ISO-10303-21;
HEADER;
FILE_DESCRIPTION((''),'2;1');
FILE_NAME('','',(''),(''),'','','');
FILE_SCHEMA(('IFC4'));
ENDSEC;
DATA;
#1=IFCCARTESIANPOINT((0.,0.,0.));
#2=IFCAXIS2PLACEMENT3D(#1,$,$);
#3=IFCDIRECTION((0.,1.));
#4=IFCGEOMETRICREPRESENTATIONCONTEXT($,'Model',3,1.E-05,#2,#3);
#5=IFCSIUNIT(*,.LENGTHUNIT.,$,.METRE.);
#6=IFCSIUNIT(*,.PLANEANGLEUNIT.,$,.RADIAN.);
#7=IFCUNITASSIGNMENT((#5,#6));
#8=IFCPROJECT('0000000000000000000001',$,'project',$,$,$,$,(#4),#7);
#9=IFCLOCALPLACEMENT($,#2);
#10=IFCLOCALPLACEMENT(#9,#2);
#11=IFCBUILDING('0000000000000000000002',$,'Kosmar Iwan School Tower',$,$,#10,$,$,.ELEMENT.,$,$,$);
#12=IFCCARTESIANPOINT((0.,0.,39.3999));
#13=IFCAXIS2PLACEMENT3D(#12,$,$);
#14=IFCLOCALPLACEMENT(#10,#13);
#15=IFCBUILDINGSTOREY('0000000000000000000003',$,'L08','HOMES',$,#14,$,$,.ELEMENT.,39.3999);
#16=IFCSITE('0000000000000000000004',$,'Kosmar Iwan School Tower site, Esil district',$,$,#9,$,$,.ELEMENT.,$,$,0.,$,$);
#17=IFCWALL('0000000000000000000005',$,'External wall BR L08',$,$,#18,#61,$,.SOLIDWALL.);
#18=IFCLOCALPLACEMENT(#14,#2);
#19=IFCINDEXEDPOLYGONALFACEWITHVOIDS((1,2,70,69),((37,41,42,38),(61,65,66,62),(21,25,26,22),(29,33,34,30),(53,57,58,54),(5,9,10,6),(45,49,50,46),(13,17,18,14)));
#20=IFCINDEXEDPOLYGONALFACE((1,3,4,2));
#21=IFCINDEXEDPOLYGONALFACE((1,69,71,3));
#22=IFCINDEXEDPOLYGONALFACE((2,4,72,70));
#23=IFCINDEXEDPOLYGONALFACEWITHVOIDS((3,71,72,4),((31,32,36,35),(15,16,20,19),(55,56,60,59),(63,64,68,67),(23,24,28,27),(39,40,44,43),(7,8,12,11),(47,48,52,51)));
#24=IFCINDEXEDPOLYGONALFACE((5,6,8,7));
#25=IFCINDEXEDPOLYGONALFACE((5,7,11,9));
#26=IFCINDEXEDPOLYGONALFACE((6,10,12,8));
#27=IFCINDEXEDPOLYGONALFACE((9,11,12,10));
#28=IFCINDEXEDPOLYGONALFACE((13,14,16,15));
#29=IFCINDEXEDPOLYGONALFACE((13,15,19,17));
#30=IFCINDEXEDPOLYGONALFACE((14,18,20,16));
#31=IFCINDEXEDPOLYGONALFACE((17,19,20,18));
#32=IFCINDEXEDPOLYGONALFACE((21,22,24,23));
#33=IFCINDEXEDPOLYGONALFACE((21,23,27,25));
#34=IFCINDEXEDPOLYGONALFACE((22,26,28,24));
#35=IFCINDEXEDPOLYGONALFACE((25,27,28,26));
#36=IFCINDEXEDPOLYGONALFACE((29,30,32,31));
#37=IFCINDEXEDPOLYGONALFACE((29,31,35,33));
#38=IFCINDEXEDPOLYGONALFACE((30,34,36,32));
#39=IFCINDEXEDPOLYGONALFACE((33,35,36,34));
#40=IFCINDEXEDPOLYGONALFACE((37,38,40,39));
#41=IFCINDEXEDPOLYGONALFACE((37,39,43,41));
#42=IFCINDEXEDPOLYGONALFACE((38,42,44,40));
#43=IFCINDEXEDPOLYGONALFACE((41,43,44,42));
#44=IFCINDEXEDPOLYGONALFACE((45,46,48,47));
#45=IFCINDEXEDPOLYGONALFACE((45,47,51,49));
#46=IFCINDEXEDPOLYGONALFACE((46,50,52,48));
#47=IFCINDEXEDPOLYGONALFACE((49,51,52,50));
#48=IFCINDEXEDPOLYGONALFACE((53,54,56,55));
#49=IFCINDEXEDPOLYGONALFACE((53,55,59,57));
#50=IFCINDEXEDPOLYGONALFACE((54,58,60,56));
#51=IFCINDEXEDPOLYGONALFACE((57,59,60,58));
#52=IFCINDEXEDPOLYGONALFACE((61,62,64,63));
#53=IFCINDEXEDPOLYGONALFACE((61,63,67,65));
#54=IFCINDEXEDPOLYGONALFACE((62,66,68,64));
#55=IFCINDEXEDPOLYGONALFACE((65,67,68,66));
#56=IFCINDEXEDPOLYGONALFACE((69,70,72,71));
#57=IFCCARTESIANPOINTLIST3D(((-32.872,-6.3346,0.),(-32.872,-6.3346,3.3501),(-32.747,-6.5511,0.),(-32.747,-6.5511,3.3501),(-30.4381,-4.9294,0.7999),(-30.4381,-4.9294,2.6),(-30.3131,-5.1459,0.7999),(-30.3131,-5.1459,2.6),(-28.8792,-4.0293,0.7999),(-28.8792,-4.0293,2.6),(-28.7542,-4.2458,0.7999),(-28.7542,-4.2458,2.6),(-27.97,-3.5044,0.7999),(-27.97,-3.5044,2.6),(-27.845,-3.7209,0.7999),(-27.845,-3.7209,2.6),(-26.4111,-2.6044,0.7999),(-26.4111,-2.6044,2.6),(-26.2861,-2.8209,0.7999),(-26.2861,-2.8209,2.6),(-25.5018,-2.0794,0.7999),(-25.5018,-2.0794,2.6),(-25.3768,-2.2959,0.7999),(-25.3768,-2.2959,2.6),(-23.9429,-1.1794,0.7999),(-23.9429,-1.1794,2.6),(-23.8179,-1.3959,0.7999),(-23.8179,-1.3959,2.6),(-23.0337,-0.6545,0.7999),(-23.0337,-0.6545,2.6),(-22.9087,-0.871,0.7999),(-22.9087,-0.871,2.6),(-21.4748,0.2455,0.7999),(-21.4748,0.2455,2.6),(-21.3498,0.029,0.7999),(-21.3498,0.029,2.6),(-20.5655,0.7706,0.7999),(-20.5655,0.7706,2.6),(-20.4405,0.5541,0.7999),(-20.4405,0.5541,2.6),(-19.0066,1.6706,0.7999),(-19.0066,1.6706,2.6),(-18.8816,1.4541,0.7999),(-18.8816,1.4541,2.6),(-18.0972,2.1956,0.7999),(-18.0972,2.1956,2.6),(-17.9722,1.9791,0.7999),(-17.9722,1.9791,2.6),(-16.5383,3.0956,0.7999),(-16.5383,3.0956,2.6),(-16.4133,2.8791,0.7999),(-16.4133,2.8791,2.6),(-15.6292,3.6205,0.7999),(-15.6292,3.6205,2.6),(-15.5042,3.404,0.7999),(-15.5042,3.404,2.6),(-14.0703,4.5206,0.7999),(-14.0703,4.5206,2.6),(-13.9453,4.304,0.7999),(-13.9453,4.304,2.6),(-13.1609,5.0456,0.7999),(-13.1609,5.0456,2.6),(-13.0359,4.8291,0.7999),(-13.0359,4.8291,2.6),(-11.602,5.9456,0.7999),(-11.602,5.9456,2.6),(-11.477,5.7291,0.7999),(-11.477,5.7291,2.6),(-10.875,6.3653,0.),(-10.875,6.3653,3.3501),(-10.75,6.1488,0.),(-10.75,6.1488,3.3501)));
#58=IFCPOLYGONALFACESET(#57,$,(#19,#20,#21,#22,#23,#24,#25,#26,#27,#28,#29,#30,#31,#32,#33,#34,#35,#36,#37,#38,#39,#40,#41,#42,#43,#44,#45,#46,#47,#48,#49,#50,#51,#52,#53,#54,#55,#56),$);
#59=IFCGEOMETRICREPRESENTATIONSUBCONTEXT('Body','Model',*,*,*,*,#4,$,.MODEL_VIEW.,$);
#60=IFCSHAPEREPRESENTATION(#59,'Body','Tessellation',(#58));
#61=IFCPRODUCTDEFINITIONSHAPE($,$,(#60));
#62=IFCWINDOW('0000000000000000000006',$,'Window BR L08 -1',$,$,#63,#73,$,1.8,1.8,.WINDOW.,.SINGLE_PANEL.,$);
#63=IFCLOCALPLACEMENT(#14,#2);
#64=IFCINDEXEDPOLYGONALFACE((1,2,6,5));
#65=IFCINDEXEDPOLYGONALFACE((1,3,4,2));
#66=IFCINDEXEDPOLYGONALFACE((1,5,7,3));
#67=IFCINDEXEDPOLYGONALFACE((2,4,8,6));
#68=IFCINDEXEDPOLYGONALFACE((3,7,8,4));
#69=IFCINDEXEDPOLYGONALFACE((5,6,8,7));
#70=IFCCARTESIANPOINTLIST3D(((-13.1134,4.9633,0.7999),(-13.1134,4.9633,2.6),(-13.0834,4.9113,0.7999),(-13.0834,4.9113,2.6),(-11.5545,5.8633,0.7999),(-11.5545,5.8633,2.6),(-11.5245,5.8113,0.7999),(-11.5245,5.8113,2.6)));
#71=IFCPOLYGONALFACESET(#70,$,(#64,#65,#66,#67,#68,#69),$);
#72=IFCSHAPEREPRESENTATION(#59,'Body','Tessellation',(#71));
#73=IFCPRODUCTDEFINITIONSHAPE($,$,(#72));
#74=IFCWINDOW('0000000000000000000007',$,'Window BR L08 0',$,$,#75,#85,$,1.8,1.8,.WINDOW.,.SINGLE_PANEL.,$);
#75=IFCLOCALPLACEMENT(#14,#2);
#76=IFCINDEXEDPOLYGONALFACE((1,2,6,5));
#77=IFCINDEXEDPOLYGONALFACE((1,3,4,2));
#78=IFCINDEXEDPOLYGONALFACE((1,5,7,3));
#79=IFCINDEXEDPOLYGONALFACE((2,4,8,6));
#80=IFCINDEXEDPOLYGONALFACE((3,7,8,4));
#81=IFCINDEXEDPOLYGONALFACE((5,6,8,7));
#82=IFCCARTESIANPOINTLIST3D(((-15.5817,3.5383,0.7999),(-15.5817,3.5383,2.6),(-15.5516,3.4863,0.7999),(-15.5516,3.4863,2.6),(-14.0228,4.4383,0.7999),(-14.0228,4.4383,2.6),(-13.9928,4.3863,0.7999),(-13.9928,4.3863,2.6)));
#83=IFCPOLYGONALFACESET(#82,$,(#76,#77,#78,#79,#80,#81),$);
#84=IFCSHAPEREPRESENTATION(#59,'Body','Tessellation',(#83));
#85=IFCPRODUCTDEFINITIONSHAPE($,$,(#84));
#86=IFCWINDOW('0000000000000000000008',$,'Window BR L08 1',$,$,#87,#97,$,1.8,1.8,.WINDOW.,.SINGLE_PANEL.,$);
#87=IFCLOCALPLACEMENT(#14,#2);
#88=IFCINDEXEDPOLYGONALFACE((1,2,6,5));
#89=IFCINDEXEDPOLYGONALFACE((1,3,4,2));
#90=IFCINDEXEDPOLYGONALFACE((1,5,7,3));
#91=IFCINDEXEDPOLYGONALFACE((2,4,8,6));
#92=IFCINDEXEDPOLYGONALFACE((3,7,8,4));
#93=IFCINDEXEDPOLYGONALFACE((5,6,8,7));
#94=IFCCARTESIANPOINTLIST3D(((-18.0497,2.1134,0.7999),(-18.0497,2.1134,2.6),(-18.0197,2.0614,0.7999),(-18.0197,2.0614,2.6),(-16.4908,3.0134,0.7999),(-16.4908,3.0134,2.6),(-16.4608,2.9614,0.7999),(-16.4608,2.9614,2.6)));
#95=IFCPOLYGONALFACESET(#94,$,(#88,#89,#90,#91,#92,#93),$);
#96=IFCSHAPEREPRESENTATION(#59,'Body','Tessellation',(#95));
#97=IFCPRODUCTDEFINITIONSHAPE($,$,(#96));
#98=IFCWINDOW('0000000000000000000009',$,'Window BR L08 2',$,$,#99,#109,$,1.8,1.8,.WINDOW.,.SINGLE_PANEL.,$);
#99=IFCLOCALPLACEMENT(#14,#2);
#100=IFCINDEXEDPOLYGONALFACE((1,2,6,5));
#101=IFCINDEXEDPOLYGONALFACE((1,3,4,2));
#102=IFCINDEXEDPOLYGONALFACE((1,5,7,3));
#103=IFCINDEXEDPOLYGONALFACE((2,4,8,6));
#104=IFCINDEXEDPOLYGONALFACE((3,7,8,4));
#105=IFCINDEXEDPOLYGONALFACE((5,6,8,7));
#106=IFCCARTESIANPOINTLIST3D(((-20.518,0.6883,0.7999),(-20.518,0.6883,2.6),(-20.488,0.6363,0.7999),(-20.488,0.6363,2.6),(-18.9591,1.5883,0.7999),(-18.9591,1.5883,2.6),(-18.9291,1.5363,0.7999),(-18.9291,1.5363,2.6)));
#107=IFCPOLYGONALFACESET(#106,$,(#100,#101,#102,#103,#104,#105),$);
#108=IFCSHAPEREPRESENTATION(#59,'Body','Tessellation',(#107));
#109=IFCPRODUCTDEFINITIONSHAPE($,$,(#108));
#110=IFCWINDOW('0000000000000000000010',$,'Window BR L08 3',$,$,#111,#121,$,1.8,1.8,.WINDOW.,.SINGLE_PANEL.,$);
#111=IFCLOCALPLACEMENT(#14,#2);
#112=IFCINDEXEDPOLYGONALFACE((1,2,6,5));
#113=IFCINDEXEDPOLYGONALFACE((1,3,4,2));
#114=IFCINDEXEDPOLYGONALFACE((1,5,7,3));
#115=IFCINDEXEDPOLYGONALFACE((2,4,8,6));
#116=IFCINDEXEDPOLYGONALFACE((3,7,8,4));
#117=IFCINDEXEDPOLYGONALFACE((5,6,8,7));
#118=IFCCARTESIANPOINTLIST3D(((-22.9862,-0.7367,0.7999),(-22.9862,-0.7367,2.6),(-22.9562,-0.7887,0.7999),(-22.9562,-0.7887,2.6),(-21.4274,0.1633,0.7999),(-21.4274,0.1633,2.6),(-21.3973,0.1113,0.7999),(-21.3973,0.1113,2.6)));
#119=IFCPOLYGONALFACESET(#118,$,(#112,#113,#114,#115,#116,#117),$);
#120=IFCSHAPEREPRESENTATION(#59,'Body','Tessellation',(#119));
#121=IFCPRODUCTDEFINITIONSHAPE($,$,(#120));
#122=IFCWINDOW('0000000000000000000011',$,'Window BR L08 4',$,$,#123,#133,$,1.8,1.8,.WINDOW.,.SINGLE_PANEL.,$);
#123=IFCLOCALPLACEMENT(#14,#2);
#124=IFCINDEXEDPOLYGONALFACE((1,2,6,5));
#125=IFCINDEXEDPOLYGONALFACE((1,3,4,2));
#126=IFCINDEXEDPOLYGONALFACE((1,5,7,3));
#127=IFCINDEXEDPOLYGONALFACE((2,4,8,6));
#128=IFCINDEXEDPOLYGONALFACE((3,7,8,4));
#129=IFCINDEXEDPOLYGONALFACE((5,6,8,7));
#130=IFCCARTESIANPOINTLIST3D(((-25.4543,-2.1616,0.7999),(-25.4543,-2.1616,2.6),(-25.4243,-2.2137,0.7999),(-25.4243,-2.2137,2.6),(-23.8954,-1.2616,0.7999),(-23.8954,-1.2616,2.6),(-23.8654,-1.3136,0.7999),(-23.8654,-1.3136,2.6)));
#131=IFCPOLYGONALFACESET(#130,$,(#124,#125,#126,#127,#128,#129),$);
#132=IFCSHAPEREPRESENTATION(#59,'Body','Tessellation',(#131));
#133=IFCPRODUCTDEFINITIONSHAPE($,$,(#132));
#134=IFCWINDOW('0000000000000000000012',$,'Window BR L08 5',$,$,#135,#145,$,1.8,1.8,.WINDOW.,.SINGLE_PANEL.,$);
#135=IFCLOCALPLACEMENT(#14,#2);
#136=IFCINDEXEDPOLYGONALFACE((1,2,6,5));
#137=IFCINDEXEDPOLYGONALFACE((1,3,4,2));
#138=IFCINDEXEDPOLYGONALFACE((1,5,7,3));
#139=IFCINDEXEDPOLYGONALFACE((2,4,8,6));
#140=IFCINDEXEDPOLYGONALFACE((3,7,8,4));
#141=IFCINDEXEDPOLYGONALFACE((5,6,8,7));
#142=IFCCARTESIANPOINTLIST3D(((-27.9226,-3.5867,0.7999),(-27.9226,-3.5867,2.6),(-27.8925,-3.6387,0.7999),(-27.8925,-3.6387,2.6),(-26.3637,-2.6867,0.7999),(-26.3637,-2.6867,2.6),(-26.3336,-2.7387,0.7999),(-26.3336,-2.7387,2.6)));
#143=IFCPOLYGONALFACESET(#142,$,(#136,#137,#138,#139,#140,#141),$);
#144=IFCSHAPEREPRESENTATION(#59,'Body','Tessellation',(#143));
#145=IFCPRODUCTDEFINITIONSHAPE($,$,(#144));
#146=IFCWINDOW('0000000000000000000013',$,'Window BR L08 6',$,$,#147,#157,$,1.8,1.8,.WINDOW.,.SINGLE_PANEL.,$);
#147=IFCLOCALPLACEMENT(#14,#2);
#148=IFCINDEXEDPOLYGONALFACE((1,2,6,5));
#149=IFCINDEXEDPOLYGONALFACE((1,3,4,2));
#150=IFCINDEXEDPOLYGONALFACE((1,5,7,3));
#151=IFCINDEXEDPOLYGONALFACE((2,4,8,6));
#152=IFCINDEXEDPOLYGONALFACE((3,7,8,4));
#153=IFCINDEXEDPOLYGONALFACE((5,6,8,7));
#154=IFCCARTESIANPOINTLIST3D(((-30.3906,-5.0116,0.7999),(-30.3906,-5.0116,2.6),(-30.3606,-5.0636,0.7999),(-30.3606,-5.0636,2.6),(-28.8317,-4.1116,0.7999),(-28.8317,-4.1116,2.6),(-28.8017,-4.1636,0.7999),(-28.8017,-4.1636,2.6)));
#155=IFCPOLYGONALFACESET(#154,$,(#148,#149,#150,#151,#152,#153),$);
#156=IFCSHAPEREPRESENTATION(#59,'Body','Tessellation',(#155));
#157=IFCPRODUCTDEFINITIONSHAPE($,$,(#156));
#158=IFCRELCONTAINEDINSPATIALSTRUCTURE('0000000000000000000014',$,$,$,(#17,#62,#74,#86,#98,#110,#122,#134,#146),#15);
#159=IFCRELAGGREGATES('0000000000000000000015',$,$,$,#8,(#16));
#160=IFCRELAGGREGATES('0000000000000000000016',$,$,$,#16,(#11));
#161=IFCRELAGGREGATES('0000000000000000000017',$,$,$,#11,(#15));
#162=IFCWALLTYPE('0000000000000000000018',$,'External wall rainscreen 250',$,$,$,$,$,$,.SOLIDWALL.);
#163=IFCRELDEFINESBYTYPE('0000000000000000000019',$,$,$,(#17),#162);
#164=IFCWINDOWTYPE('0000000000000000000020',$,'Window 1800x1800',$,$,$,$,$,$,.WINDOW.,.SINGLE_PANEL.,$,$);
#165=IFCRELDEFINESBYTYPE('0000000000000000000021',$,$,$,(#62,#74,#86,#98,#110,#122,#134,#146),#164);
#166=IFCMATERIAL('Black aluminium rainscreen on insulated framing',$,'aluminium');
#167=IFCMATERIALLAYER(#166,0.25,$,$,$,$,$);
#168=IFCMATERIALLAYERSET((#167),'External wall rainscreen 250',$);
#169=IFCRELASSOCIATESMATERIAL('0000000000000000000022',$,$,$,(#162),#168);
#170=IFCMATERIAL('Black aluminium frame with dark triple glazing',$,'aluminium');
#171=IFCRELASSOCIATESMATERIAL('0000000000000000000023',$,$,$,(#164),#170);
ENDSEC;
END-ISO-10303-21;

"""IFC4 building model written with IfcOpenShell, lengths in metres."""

from ifc_helpers import new_model, si_unit, direction, frame, frame_2d, origin, place, context, subcontext, project, spatial, rectangle, extrude, material, layer, layer_set, type_object, element, fill, save


model = new_model("IFC4")

# Units and contexts
model_context = context("Model", 3, precision=1e-05, world=origin(), true_north=direction((0.0, 1.0)))
body_context = subcontext(model_context, "Body", "Model", "MODEL_VIEW")
ifc_project = project(units=[si_unit("LENGTHUNIT", "METRE"), si_unit("PLANEANGLEUNIT", "RADIAN")], contexts=[model_context])

# Site, building, storey
site_placement = place(None, origin())
site = spatial("IfcSite", under=ifc_project, at=site_placement, Name="Kosmar Iwan School Tower site, Esil district", CompositionType="ELEMENT", RefElevation=0.0)
building_placement = place(site_placement, origin())
building = spatial("IfcBuilding", under=site, at=building_placement, Name="Kosmar Iwan School Tower", CompositionType="ELEMENT")
storey_placement = place(building_placement, frame((0.0, 0.0, 39.3999)))
storey = spatial("IfcBuildingStorey", under=building, at=storey_placement, Name="L08", Description="HOMES", CompositionType="ELEMENT", Elevation=39.3999)

# Wall, openings, windows
ifc_material_1 = material(Name="Black aluminium rainscreen on insulated framing", Category="aluminium")
ifc_layer = layer(ifc_material_1, 0.25)
ifc_layer_set = layer_set([ifc_layer], Name="External wall rainscreen 250")
wall_type = type_object("IfcWallType", Name="External wall rainscreen 250", PredefinedType="SOLIDWALL", material=ifc_layer_set)
ifc_material_2 = material(Name="Black aluminium frame with dark triple glazing", Category="aluminium")
window_type = type_object("IfcWindowType", Name="Window 1800x1800", PartitioningType="SINGLE_PANEL", PredefinedType="WINDOW", material=ifc_material_2)
wall_1_placement = place(storey_placement, frame((-10.8125, 6.2571, 0.0), z_axis=(0.0, 0.0, 1.0), x_axis=(-0.866026, -0.499998, 0.0)))
wall_1 = element("IfcWall", 1, at=wall_1_placement, inside=storey, type_object=wall_type, Name="External wall BR L08", PredefinedType="SOLIDWALL", context=body_context, shape_type="SweptSolid", body=[
    extrude(rectangle(XDim=25.3999, YDim=0.25, at=frame_2d((12.7, 0.0))), origin(), (0.0, 0.0, 1.0), 3.3501),
])
opening_1_placement = place(wall_1_placement, frame((0.8396, 0.0, 0.8)))
opening_1 = element("IfcOpeningElement", 2, at=opening_1_placement, cuts=wall_1, PredefinedType="OPENING", context=body_context, shape_type="SweptSolid", body=[
    extrude(rectangle(XDim=1.8, YDim=1.8, at=frame_2d((0.8999, 0.8999))), frame((0.0, 0.137, 0.0), z_axis=(0.0, -1.0, 0.0), x_axis=(1.0, 0.0, 0.0)), (0.0, 0.0, 1.0), 0.2739),
])
opening_2_placement = place(wall_1_placement, frame((3.6897, 0.0, 0.8)))
opening_2 = element("IfcOpeningElement", 3, at=opening_2_placement, cuts=wall_1, PredefinedType="OPENING", context=body_context, shape_type="SweptSolid", body=[
    extrude(rectangle(XDim=1.8, YDim=1.8, at=frame_2d((0.8999, 0.8999))), frame((0.0, 0.137, 0.0), z_axis=(0.0, -1.0, 0.0), x_axis=(1.0, 0.0, 0.0)), (0.0, 0.0, 1.0), 0.2739),
])
opening_3_placement = place(wall_1_placement, frame((6.5396, 0.0, 0.8)))
opening_3 = element("IfcOpeningElement", 4, at=opening_3_placement, cuts=wall_1, PredefinedType="OPENING", context=body_context, shape_type="SweptSolid", body=[
    extrude(rectangle(XDim=1.8, YDim=1.8, at=frame_2d((0.8999, 0.8999))), frame((0.0, 0.137, 0.0), z_axis=(0.0, -1.0, 0.0), x_axis=(1.0, 0.0, 0.0)), (0.0, 0.0, 1.0), 0.2739),
])
opening_4_placement = place(wall_1_placement, frame((9.3896, 0.0, 0.8)))
opening_4 = element("IfcOpeningElement", 5, at=opening_4_placement, cuts=wall_1, PredefinedType="OPENING", context=body_context, shape_type="SweptSolid", body=[
    extrude(rectangle(XDim=1.8, YDim=1.8, at=frame_2d((0.8999, 0.8999))), frame((0.0, 0.137, 0.0), z_axis=(0.0, -1.0, 0.0), x_axis=(1.0, 0.0, 0.0)), (0.0, 0.0, 1.0), 0.2739),
])
opening_5_placement = place(wall_1_placement, frame((12.2397, 0.0, 0.8)))
opening_5 = element("IfcOpeningElement", 6, at=opening_5_placement, cuts=wall_1, PredefinedType="OPENING", context=body_context, shape_type="SweptSolid", body=[
    extrude(rectangle(XDim=1.8, YDim=1.8, at=frame_2d((0.8999, 0.8999))), frame((0.0, 0.137, 0.0), z_axis=(0.0, -1.0, 0.0), x_axis=(1.0, 0.0, 0.0)), (0.0, 0.0, 1.0), 0.2739),
])
opening_6_placement = place(wall_1_placement, frame((15.0896, 0.0, 0.8)))
opening_6 = element("IfcOpeningElement", 7, at=opening_6_placement, cuts=wall_1, PredefinedType="OPENING", context=body_context, shape_type="SweptSolid", body=[
    extrude(rectangle(XDim=1.8, YDim=1.8, at=frame_2d((0.8999, 0.8999))), frame((0.0, 0.137, 0.0), z_axis=(0.0, -1.0, 0.0), x_axis=(1.0, 0.0, 0.0)), (0.0, 0.0, 1.0), 0.2739),
])
opening_7_placement = place(wall_1_placement, frame((17.9397, 0.0, 0.8)))
opening_7 = element("IfcOpeningElement", 8, at=opening_7_placement, cuts=wall_1, PredefinedType="OPENING", context=body_context, shape_type="SweptSolid", body=[
    extrude(rectangle(XDim=1.8, YDim=1.8, at=frame_2d((0.8999, 0.8999))), frame((0.0, 0.137, 0.0), z_axis=(0.0, -1.0, 0.0), x_axis=(1.0, 0.0, 0.0)), (0.0, 0.0, 1.0), 0.2739),
])
opening_8_placement = place(wall_1_placement, frame((20.7896, 0.0, 0.8)))
opening_8 = element("IfcOpeningElement", 9, at=opening_8_placement, cuts=wall_1, PredefinedType="OPENING", context=body_context, shape_type="SweptSolid", body=[
    extrude(rectangle(XDim=1.8, YDim=1.8, at=frame_2d((0.8999, 0.8999))), frame((0.0, 0.137, 0.0), z_axis=(0.0, -1.0, 0.0), x_axis=(1.0, 0.0, 0.0)), (0.0, 0.0, 1.0), 0.2739),
])
window_1_placement = place(opening_1_placement, origin())
window_1 = element("IfcWindow", 10, at=window_1_placement, inside=storey, type_object=window_type, Name="Window BR L08 -1", OverallHeight=1.8, OverallWidth=1.8, PartitioningType="SINGLE_PANEL", PredefinedType="WINDOW", context=body_context, shape_type="SweptSolid", body=[
    extrude(rectangle(XDim=1.8, YDim=1.8, at=frame_2d((0.8999, 0.8999))), frame((0.0, 0.03, 0.0), z_axis=(0.0, -1.0, 0.0), x_axis=(1.0, 0.0, 0.0)), (0.0, 0.0, 1.0), 0.0601),
])
fill(opening_1, window_1)
window_2_placement = place(opening_2_placement, origin())
window_2 = element("IfcWindow", 11, at=window_2_placement, inside=storey, type_object=window_type, Name="Window BR L08 0", OverallHeight=1.8, OverallWidth=1.8, PartitioningType="SINGLE_PANEL", PredefinedType="WINDOW", context=body_context, shape_type="SweptSolid", body=[
    extrude(rectangle(XDim=1.8, YDim=1.8, at=frame_2d((0.8999, 0.8999))), frame((0.0, 0.03, 0.0), z_axis=(0.0, -1.0, 0.0), x_axis=(1.0, 0.0, 0.0)), (0.0, 0.0, 1.0), 0.0601),
])
fill(opening_2, window_2)
window_3_placement = place(opening_3_placement, origin())
window_3 = element("IfcWindow", 12, at=window_3_placement, inside=storey, type_object=window_type, Name="Window BR L08 1", OverallHeight=1.8, OverallWidth=1.8, PartitioningType="SINGLE_PANEL", PredefinedType="WINDOW", context=body_context, shape_type="SweptSolid", body=[
    extrude(rectangle(XDim=1.8, YDim=1.8, at=frame_2d((0.8999, 0.8999))), frame((0.0, 0.03, 0.0), z_axis=(0.0, -1.0, 0.0), x_axis=(1.0, 0.0, 0.0)), (0.0, 0.0, 1.0), 0.0601),
])
fill(opening_3, window_3)
window_4_placement = place(opening_4_placement, origin())
window_4 = element("IfcWindow", 13, at=window_4_placement, inside=storey, type_object=window_type, Name="Window BR L08 2", OverallHeight=1.8, OverallWidth=1.8, PartitioningType="SINGLE_PANEL", PredefinedType="WINDOW", context=body_context, shape_type="SweptSolid", body=[
    extrude(rectangle(XDim=1.8, YDim=1.8, at=frame_2d((0.8999, 0.8999))), frame((0.0, 0.03, 0.0), z_axis=(0.0, -1.0, 0.0), x_axis=(1.0, 0.0, 0.0)), (0.0, 0.0, 1.0), 0.0601),
])
fill(opening_4, window_4)
window_5_placement = place(opening_5_placement, origin())
window_5 = element("IfcWindow", 14, at=window_5_placement, inside=storey, type_object=window_type, Name="Window BR L08 3", OverallHeight=1.8, OverallWidth=1.8, PartitioningType="SINGLE_PANEL", PredefinedType="WINDOW", context=body_context, shape_type="SweptSolid", body=[
    extrude(rectangle(XDim=1.8, YDim=1.8, at=frame_2d((0.8999, 0.8999))), frame((0.0, 0.03, 0.0), z_axis=(0.0, -1.0, 0.0), x_axis=(1.0, 0.0, 0.0)), (0.0, 0.0, 1.0), 0.0601),
])
fill(opening_5, window_5)
window_6_placement = place(opening_6_placement, origin())
window_6 = element("IfcWindow", 15, at=window_6_placement, inside=storey, type_object=window_type, Name="Window BR L08 4", OverallHeight=1.8, OverallWidth=1.8, PartitioningType="SINGLE_PANEL", PredefinedType="WINDOW", context=body_context, shape_type="SweptSolid", body=[
    extrude(rectangle(XDim=1.8, YDim=1.8, at=frame_2d((0.8999, 0.8999))), frame((0.0, 0.03, 0.0), z_axis=(0.0, -1.0, 0.0), x_axis=(1.0, 0.0, 0.0)), (0.0, 0.0, 1.0), 0.0601),
])
fill(opening_6, window_6)
window_7_placement = place(opening_7_placement, origin())
window_7 = element("IfcWindow", 16, at=window_7_placement, inside=storey, type_object=window_type, Name="Window BR L08 5", OverallHeight=1.8, OverallWidth=1.8, PartitioningType="SINGLE_PANEL", PredefinedType="WINDOW", context=body_context, shape_type="SweptSolid", body=[
    extrude(rectangle(XDim=1.8, YDim=1.8, at=frame_2d((0.8999, 0.8999))), frame((0.0, 0.03, 0.0), z_axis=(0.0, -1.0, 0.0), x_axis=(1.0, 0.0, 0.0)), (0.0, 0.0, 1.0), 0.0601),
])
fill(opening_7, window_7)
window_8_placement = place(opening_8_placement, origin())
window_8 = element("IfcWindow", 17, at=window_8_placement, inside=storey, type_object=window_type, Name="Window BR L08 6", OverallHeight=1.8, OverallWidth=1.8, PartitioningType="SINGLE_PANEL", PredefinedType="WINDOW", context=body_context, shape_type="SweptSolid", body=[
    extrude(rectangle(XDim=1.8, YDim=1.8, at=frame_2d((0.8999, 0.8999))), frame((0.0, 0.03, 0.0), z_axis=(0.0, -1.0, 0.0), x_axis=(1.0, 0.0, 0.0)), (0.0, 0.0, 1.0), 0.0601),
])
fill(opening_8, window_8)

save(model, "model.ifc")
